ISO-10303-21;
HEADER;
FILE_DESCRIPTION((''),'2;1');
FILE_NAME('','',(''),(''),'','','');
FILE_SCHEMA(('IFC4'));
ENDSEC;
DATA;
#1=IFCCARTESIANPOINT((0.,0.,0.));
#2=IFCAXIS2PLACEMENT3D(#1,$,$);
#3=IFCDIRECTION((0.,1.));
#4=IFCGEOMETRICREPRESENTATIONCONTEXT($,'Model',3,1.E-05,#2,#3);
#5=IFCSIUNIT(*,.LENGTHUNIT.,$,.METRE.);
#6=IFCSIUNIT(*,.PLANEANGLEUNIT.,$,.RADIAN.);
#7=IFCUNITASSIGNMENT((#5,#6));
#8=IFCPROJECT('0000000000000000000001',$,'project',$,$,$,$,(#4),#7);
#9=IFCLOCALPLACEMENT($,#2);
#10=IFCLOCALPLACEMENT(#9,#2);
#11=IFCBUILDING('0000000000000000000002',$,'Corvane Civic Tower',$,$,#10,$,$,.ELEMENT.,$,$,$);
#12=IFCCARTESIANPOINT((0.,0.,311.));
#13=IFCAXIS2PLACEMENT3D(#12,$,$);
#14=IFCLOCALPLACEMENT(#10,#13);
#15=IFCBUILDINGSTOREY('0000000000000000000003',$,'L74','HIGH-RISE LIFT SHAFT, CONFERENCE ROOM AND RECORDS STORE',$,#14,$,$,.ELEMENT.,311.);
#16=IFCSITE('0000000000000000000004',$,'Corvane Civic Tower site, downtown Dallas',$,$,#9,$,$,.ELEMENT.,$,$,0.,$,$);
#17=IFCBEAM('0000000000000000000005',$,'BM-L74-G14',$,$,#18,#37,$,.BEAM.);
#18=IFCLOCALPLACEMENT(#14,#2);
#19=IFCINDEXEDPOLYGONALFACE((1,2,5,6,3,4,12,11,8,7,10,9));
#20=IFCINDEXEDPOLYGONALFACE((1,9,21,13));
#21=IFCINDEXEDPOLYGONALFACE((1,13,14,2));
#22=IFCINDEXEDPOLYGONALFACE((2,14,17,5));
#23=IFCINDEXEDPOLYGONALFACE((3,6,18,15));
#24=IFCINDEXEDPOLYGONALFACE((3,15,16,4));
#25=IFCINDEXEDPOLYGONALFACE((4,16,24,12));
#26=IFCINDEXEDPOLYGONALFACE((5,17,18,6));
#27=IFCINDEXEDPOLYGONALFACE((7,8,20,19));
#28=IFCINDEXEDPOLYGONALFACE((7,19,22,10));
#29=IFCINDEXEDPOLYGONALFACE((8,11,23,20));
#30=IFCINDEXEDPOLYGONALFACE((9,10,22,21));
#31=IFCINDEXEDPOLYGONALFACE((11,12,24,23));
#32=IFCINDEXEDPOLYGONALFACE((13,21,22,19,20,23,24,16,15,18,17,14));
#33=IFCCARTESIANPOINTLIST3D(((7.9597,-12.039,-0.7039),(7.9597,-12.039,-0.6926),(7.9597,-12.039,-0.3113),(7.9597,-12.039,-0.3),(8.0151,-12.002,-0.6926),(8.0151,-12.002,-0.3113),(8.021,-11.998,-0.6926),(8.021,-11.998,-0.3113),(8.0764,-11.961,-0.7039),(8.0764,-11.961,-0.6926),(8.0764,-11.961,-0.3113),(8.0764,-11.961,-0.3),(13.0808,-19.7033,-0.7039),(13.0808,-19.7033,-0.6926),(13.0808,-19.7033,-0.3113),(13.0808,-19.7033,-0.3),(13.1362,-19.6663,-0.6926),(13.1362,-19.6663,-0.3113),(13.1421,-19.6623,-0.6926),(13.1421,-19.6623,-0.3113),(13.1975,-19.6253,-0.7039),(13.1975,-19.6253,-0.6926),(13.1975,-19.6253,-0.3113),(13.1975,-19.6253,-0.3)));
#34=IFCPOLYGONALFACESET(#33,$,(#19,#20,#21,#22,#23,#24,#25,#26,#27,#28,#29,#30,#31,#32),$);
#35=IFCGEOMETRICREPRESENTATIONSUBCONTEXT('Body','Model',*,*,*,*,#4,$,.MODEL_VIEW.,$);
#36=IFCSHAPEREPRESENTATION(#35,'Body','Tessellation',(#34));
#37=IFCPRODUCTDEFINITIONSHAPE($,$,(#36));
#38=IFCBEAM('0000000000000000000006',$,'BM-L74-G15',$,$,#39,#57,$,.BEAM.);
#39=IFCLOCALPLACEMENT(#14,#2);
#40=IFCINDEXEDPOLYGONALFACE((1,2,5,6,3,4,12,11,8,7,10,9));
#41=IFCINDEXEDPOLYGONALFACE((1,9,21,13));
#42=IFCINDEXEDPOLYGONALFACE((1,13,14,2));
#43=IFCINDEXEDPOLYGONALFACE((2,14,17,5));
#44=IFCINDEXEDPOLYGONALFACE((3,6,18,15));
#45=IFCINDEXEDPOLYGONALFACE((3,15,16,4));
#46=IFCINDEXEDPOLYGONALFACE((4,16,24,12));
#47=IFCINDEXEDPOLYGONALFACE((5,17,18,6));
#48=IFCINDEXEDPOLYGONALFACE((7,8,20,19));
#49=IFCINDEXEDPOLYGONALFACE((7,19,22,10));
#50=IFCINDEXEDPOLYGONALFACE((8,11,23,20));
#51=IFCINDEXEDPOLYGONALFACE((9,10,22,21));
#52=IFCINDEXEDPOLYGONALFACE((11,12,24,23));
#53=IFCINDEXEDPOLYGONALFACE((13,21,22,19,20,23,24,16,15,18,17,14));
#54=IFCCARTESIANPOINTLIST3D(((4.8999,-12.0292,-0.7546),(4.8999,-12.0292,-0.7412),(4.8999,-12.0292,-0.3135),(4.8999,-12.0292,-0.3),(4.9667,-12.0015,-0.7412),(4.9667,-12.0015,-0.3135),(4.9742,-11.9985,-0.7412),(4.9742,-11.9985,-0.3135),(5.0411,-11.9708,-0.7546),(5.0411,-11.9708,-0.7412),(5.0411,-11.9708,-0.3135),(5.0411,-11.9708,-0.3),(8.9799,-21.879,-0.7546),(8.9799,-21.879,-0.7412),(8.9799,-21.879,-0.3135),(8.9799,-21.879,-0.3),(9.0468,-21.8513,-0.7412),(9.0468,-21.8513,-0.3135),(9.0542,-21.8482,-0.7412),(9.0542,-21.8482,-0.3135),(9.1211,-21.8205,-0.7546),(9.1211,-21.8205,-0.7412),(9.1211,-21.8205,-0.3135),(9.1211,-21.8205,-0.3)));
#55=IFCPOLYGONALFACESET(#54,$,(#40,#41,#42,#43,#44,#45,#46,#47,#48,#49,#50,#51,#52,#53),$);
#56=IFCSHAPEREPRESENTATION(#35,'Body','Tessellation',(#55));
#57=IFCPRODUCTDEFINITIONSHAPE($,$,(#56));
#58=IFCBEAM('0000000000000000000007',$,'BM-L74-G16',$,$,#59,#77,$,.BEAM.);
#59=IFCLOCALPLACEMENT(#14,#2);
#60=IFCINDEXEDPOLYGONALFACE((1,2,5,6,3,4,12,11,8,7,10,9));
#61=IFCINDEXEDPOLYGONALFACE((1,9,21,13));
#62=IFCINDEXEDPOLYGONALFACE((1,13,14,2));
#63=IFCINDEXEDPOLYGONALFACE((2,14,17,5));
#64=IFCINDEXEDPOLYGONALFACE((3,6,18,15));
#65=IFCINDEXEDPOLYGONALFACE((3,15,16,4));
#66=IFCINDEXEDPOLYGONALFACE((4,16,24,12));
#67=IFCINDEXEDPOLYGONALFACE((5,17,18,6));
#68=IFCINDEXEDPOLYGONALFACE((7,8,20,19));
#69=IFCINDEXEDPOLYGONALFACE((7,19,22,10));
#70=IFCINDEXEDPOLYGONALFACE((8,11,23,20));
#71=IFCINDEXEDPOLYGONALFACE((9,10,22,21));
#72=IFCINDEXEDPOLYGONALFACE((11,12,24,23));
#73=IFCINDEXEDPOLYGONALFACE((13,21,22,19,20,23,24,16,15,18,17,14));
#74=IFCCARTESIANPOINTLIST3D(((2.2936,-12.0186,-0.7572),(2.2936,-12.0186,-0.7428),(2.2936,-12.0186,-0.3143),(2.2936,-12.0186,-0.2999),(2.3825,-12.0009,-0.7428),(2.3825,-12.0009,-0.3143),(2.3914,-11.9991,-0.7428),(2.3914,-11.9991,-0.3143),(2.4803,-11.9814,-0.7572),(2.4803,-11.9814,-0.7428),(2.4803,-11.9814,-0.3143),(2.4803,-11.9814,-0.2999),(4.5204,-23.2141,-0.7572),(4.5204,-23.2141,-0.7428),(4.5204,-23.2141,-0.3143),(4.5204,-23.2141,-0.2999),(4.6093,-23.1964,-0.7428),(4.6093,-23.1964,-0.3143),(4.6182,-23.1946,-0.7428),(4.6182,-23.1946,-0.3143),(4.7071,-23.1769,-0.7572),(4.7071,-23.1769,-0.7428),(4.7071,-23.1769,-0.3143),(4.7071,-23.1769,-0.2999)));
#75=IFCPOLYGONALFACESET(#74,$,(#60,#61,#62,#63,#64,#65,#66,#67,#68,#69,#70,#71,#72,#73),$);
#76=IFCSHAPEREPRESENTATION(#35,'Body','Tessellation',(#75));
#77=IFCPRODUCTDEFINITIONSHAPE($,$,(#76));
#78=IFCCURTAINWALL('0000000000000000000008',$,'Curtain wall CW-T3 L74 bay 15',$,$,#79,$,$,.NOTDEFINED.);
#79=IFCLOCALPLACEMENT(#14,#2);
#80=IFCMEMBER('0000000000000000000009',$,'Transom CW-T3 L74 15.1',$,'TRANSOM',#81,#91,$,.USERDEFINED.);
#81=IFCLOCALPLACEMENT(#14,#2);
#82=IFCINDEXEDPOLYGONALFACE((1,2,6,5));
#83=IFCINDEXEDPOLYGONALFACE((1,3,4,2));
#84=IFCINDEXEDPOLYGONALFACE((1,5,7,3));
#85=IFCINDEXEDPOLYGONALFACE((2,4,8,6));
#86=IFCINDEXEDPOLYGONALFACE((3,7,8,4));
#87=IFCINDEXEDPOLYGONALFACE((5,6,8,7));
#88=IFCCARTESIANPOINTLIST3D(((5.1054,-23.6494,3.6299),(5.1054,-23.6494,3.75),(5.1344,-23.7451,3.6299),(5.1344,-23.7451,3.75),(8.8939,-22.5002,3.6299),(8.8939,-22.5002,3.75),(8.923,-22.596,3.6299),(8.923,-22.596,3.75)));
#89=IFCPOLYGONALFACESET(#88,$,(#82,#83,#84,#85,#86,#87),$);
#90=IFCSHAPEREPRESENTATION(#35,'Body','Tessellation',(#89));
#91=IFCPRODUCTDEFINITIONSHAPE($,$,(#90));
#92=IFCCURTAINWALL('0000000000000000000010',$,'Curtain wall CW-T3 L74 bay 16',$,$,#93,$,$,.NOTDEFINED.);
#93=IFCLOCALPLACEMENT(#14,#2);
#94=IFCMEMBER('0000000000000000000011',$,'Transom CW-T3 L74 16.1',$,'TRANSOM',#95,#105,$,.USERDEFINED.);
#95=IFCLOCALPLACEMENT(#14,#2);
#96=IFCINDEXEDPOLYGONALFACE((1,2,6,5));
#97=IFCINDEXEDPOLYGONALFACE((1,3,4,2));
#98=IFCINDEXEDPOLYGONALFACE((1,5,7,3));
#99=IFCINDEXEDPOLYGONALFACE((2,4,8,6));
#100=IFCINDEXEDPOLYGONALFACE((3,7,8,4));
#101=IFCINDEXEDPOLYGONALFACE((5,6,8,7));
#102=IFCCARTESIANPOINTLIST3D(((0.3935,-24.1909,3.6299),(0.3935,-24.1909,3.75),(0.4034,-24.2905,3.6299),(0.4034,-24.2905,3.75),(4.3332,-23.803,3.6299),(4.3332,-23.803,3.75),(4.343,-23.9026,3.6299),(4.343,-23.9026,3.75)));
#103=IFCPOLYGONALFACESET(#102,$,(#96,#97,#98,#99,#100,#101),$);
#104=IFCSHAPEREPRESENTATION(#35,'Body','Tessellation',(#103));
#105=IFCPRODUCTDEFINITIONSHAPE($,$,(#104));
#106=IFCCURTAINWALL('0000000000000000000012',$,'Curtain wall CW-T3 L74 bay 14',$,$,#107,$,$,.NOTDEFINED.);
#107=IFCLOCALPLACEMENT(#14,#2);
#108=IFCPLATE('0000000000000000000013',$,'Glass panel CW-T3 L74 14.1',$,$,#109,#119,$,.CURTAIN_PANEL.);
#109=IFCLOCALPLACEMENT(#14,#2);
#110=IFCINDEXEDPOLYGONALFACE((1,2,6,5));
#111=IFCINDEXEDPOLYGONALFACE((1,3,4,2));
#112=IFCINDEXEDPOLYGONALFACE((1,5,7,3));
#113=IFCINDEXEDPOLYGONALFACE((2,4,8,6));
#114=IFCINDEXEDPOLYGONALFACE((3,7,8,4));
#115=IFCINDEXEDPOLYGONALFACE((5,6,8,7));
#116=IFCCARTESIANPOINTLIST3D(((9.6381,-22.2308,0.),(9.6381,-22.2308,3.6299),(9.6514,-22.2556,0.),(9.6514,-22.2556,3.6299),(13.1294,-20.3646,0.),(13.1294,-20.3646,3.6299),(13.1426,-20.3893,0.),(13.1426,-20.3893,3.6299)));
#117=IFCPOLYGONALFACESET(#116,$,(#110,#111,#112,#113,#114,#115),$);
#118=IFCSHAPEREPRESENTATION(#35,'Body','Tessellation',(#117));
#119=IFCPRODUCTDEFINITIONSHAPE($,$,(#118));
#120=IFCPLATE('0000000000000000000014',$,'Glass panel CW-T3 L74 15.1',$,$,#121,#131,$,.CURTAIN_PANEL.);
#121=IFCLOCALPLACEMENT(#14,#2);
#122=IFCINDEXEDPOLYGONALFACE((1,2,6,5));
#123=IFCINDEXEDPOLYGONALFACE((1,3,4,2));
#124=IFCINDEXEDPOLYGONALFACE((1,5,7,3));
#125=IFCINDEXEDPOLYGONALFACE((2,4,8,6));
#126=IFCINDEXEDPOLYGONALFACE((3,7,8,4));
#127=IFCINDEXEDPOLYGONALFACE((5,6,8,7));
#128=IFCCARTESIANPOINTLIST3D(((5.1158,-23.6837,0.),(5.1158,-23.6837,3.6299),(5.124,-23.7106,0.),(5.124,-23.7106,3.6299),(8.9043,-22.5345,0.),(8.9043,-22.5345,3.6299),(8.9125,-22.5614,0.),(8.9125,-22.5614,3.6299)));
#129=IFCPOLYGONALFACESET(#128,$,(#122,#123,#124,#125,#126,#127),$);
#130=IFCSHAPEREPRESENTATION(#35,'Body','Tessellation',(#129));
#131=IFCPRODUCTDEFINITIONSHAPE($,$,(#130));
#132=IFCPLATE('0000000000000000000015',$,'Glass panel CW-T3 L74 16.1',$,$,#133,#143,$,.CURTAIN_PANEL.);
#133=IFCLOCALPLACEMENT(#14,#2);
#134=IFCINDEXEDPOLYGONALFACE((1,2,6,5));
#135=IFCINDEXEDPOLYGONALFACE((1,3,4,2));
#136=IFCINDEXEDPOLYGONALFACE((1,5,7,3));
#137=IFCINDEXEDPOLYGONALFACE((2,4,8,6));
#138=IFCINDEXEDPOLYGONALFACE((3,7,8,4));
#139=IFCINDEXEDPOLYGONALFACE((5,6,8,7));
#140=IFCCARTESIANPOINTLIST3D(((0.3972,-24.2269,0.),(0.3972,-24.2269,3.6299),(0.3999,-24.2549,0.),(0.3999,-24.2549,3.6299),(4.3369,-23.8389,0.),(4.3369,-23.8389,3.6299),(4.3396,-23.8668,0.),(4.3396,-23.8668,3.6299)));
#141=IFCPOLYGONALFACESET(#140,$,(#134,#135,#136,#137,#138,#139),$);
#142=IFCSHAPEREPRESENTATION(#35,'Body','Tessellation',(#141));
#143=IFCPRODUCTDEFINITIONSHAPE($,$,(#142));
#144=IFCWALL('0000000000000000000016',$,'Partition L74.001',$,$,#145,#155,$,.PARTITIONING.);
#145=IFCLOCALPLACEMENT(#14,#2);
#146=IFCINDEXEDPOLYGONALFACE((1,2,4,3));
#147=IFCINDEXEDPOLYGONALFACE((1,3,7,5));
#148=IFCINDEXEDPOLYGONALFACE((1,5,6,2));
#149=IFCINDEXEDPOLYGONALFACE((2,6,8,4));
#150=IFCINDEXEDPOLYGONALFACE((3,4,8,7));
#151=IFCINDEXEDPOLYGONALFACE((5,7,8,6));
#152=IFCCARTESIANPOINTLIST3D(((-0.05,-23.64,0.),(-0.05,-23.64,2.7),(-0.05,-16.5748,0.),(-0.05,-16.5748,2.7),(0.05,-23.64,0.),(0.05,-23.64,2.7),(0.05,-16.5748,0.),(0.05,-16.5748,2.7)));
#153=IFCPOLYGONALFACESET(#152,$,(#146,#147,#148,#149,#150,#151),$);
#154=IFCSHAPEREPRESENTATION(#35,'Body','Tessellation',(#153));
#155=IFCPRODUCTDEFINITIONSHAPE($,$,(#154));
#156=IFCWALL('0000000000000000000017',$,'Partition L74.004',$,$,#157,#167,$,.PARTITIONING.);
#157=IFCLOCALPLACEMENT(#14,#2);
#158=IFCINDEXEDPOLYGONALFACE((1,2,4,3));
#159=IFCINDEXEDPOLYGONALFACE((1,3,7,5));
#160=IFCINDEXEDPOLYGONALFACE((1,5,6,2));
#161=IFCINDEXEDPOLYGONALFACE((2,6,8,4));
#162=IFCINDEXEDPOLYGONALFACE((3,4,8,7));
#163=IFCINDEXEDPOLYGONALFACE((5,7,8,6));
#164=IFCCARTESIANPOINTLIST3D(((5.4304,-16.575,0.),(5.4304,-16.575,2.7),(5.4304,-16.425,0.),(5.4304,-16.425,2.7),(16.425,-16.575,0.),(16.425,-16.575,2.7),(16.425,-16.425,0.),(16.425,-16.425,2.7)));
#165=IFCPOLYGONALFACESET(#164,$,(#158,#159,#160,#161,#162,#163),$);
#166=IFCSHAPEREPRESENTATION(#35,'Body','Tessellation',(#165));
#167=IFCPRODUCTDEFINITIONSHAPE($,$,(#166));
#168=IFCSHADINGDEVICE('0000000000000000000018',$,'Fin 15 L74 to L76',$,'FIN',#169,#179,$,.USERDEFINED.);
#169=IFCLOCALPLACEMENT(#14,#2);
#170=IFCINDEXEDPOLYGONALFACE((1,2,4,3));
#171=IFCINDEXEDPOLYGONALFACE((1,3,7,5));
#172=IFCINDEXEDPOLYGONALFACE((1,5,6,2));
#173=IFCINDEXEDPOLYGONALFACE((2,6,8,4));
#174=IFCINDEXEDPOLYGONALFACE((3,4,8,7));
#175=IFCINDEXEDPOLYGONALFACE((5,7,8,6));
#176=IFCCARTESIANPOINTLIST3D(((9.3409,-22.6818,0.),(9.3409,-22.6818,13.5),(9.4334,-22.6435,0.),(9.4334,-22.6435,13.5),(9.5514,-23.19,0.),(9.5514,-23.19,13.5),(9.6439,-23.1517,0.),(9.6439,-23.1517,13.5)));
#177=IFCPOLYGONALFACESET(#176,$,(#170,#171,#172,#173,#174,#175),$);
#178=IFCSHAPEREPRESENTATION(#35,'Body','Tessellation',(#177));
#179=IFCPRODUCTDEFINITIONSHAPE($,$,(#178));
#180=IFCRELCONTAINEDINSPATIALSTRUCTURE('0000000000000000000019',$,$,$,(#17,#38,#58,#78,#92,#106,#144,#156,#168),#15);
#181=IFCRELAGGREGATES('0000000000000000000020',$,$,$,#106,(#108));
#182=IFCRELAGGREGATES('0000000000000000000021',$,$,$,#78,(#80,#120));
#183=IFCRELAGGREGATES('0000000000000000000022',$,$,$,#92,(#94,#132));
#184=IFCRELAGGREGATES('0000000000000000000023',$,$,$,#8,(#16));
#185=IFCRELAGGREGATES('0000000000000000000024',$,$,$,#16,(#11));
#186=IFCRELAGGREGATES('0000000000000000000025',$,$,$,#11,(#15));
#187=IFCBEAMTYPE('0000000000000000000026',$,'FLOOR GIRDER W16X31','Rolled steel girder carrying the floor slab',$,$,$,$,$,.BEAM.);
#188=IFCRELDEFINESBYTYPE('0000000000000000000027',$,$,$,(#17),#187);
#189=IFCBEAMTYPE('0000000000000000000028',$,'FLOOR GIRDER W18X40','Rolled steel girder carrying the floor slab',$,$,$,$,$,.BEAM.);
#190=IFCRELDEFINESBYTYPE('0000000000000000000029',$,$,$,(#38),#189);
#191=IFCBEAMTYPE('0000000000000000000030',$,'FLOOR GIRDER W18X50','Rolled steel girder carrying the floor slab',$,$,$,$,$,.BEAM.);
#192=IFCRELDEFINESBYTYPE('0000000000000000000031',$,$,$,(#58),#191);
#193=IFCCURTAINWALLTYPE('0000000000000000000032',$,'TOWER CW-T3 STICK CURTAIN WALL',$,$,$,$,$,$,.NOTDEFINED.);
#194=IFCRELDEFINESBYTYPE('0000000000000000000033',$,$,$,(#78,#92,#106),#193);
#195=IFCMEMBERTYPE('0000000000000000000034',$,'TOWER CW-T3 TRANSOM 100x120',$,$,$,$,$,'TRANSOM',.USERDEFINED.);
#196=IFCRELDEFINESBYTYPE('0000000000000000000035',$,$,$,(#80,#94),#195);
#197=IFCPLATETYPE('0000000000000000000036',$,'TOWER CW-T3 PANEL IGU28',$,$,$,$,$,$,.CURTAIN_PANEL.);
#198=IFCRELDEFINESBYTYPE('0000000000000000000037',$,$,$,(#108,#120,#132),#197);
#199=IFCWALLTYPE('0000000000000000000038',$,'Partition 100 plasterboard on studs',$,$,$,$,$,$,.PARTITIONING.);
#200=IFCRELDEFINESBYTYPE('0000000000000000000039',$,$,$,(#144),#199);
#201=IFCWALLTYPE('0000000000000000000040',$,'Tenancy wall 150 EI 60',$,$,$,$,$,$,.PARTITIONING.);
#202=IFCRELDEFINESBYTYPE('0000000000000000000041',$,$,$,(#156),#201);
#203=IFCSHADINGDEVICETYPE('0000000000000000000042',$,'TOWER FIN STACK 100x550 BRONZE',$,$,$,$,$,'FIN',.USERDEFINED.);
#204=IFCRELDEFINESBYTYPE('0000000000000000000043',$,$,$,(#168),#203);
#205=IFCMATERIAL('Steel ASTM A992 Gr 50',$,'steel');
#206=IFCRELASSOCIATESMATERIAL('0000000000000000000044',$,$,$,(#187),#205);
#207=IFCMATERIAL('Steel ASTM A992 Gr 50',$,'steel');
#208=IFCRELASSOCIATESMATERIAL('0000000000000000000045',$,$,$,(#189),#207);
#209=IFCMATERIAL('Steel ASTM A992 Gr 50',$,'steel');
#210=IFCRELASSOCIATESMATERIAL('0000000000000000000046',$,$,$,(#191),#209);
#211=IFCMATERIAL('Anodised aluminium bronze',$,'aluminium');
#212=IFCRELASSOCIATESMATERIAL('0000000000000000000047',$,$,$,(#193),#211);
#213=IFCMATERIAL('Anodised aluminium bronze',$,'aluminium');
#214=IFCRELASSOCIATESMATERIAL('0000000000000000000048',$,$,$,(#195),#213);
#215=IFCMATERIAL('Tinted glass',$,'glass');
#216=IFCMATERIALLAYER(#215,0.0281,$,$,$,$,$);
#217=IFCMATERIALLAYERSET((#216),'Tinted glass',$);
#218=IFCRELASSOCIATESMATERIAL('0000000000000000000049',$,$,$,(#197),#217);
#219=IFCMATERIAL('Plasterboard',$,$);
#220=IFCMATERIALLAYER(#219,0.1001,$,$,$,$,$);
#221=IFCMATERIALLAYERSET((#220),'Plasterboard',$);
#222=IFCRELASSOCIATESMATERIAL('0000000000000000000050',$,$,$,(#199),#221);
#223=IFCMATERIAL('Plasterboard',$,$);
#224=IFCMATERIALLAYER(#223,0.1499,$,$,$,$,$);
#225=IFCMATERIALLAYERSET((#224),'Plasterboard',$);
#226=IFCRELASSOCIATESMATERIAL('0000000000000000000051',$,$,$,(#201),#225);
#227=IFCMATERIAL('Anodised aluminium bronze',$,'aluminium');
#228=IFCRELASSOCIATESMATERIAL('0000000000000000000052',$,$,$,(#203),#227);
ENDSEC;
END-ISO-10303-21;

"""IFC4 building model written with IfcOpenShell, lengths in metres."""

from ifc_helpers import new_model, si_unit, direction, frame, frame_2d, origin, origin_2d, place, context, subcontext, project, spatial, rectangle, i_section, extrude, material, layer, layer_set, material_profile, profile_set, type_object, element, aggregate, save


model = new_model("IFC4")

# Units and contexts
model_context = context("Model", 3, precision=1e-05, world=origin(), true_north=direction((0.0, 1.0)))
body_context = subcontext(model_context, "Body", "Model", "MODEL_VIEW")
ifc_project = project(units=[si_unit("LENGTHUNIT", "METRE"), si_unit("PLANEANGLEUNIT", "RADIAN")], contexts=[model_context])

# Site, building, storey
site_placement = place(None, origin())
site = spatial("IfcSite", under=ifc_project, at=site_placement, Name="Corvane Civic Tower site, downtown Dallas", CompositionType="ELEMENT", RefElevation=0.0)
building_placement = place(site_placement, origin())
building = spatial("IfcBuilding", under=site, at=building_placement, Name="Corvane Civic Tower", CompositionType="ELEMENT")
storey_placement = place(building_placement, frame((0.0, 0.0, 311.0)))
storey = spatial("IfcBuildingStorey", under=building, at=storey_placement, Name="L74", Description="HIGH-RISE LIFT SHAFT, CONFERENCE ROOM AND RECORDS STORE", CompositionType="ELEMENT", Elevation=311.0)

# Beams
ifc_material_1 = material(Name="Steel ASTM A992 Gr 50", Category="steel")
ifc_material_profile_1 = material_profile(ifc_material_1, i_section(OverallWidth=0.1404, OverallDepth=0.4038, WebThickness=0.0071, FlangeThickness=0.0112, at=origin_2d()), Name="W16X31")
ifc_profile_set_1 = profile_set([ifc_material_profile_1], Name="Steel ASTM A992 Gr 50")
beam_type_1 = type_object("IfcBeamType", Name="FLOOR GIRDER W16X31", Description="Rolled steel girder carrying the floor slab", PredefinedType="BEAM", material=ifc_profile_set_1)
beam_1_placement = place(storey_placement, frame((8.0181, -12.0, -0.502), z_axis=(0.555568, -0.831471, 0.0), x_axis=(0.831471, 0.555568, 0.0)))
element("IfcBeam", 1, at=beam_1_placement, inside=storey, type_object=beam_type_1, Name="BM-L74-G14", PredefinedType="BEAM", context=body_context, shape_type="SweptSolid", body=[
    extrude(i_section(OverallWidth=0.1404, OverallDepth=0.4038, WebThickness=0.0071, FlangeThickness=0.0112, at=origin_2d()), origin(), (0.0, 0.0, 1.0), 9.2178),
])
ifc_material_2 = material(Name="Steel ASTM A992 Gr 50", Category="steel")
ifc_material_profile_2 = material_profile(ifc_material_2, i_section(OverallWidth=0.1528, OverallDepth=0.4546, WebThickness=0.0081, FlangeThickness=0.0134, at=origin_2d()), Name="W18X40")
ifc_profile_set_2 = profile_set([ifc_material_profile_2], Name="Steel ASTM A992 Gr 50")
beam_type_2 = type_object("IfcBeamType", Name="FLOOR GIRDER W18X40", Description="Rolled steel girder carrying the floor slab", PredefinedType="BEAM", material=ifc_profile_set_2)
beam_2_placement = place(storey_placement, frame((4.9705, -12.0, -0.5273), z_axis=(0.382694, -0.923875, 0.0), x_axis=(0.923875, 0.382694, 0.0)))
element("IfcBeam", 2, at=beam_2_placement, inside=storey, type_object=beam_type_2, Name="BM-L74-G15", PredefinedType="BEAM", context=body_context, shape_type="SweptSolid", body=[
    extrude(i_section(OverallWidth=0.1528, OverallDepth=0.4546, WebThickness=0.0081, FlangeThickness=0.0134, at=origin_2d()), origin(), (0.0, 0.0, 1.0), 10.6614),
])
ifc_material_3 = material(Name="Steel ASTM A992 Gr 50", Category="steel")
ifc_material_profile_3 = material_profile(ifc_material_3, i_section(OverallWidth=0.1904, OverallDepth=0.4573, WebThickness=0.009, FlangeThickness=0.0144, at=origin_2d()), Name="W18X50")
ifc_profile_set_3 = profile_set([ifc_material_profile_3], Name="Steel ASTM A992 Gr 50")
beam_type_3 = type_object("IfcBeamType", Name="FLOOR GIRDER W18X50", Description="Rolled steel girder carrying the floor slab", PredefinedType="BEAM", material=ifc_profile_set_3)
beam_3_placement = place(storey_placement, frame((2.387, -12.0, -0.5286), z_axis=(0.19508, -0.980787, 0.0), x_axis=(0.980787, 0.19508, 0.0)))
element("IfcBeam", 3, at=beam_3_placement, inside=storey, type_object=beam_type_3, Name="BM-L74-G16", PredefinedType="BEAM", context=body_context, shape_type="SweptSolid", body=[
    extrude(i_section(OverallWidth=0.1904, OverallDepth=0.4573, WebThickness=0.009, FlangeThickness=0.0144, at=origin_2d()), origin(), (0.0, 0.0, 1.0), 11.4148),
])

# Curtain walls, members
ifc_material_4 = material(Name="Anodised aluminium bronze", Category="aluminium")
curtain_wall_type = type_object("IfcCurtainWallType", Name="TOWER CW-T3 STICK CURTAIN WALL", PredefinedType="NOTDEFINED", material=ifc_material_4)
curtain_wall_1_placement = place(storey_placement, origin())
curtain_wall_1 = element("IfcCurtainWall", 4, at=curtain_wall_1_placement, inside=storey, type_object=curtain_wall_type, Name="Curtain wall CW-T3 L74 bay 15", PredefinedType="NOTDEFINED")
ifc_material_5 = material(Name="Anodised aluminium bronze", Category="aluminium")
ifc_material_profile_4 = material_profile(ifc_material_5, rectangle(XDim=0.1001, YDim=0.1201, at=origin_2d()), Name="TOWER CW-T3 TRANSOM 100x120")
ifc_profile_set_4 = profile_set([ifc_material_profile_4], Name="Anodised aluminium bronze")
member_type = type_object("IfcMemberType", Name="TOWER CW-T3 TRANSOM 100x120", ElementType="TRANSOM", PredefinedType="USERDEFINED", material=ifc_profile_set_4)
member_1_placement = place(storey_placement, frame((8.9084, -22.5481, 3.6899), z_axis=(-0.956946, -0.290266, 0.0), x_axis=(0.290266, -0.956946, 0.0)))
member_1 = element("IfcMember", 5, at=member_1_placement, type_object=member_type, Name="Transom CW-T3 L74 15.1", ObjectType="TRANSOM", PredefinedType="USERDEFINED", context=body_context, shape_type="SweptSolid", body=[
    extrude(rectangle(XDim=0.1001, YDim=0.1201, at=origin_2d()), origin(), (0.0, 0.0, 1.0), 3.959),
])
curtain_wall_2_placement = place(storey_placement, origin())
curtain_wall_2 = element("IfcCurtainWall", 6, at=curtain_wall_2_placement, inside=storey, type_object=curtain_wall_type, Name="Curtain wall CW-T3 L74 bay 16", PredefinedType="NOTDEFINED")
member_2_placement = place(storey_placement, frame((4.3381, -23.8528, 3.6899), z_axis=(-0.995187, -0.097995, 0.0), x_axis=(0.097995, -0.995187, 0.0)))
member_2 = element("IfcMember", 7, at=member_2_placement, type_object=member_type, Name="Transom CW-T3 L74 16.1", ObjectType="TRANSOM", PredefinedType="USERDEFINED", context=body_context, shape_type="SweptSolid", body=[
    extrude(rectangle(XDim=0.1001, YDim=0.1201, at=origin_2d()), origin(), (0.0, 0.0, 1.0), 3.9587),
])

# Curtain wall, plate
curtain_wall_3_placement = place(storey_placement, origin())
curtain_wall_3 = element("IfcCurtainWall", 8, at=curtain_wall_3_placement, inside=storey, type_object=curtain_wall_type, Name="Curtain wall CW-T3 L74 bay 14", PredefinedType="NOTDEFINED")
ifc_material_6 = material(Name="Tinted glass", Category="glass")
ifc_layer_1 = layer(ifc_material_6, 0.0281)
ifc_layer_set_1 = layer_set([ifc_layer_1], Name="Tinted glass")
plate_type = type_object("IfcPlateType", Name="TOWER CW-T3 PANEL IGU28", PredefinedType="CURTAIN_PANEL", material=ifc_layer_set_1)
plate_1_placement = place(storey_placement, frame((11.3904, -21.3101, 0.0), z_axis=(0.0, 0.0, 1.0), x_axis=(-0.881908, -0.471421, 0.0)))
plate_1 = element("IfcPlate", 9, at=plate_1_placement, type_object=plate_type, Name="Glass panel CW-T3 L74 14.1", PredefinedType="CURTAIN_PANEL", context=body_context, shape_type="SweptSolid", body=[
    extrude(rectangle(XDim=3.9587, YDim=0.0281, at=origin_2d()), origin(), (0.0, 0.0, 1.0), 3.6299),
])
aggregate(curtain_wall_3, [plate_1])

# Plates
plate_2_placement = place(storey_placement, frame((7.0142, -23.1226, 0.0), z_axis=(0.0, 0.0, 1.0), x_axis=(-0.956944, -0.290274, 0.0)))
plate_2 = element("IfcPlate", 10, at=plate_2_placement, type_object=plate_type, Name="Glass panel CW-T3 L74 15.1", PredefinedType="CURTAIN_PANEL", context=body_context, shape_type="SweptSolid", body=[
    extrude(rectangle(XDim=3.959, YDim=0.0281, at=origin_2d()), origin(), (0.0, 0.0, 1.0), 3.6299),
])
aggregate(curtain_wall_1, [member_1, plate_2])
plate_3_placement = place(storey_placement, frame((2.3684, -24.0469, 0.0), z_axis=(0.0, 0.0, 1.0), x_axis=(-0.995184, -0.098021, 0.0)))
plate_3 = element("IfcPlate", 11, at=plate_3_placement, type_object=plate_type, Name="Glass panel CW-T3 L74 16.1", PredefinedType="CURTAIN_PANEL", context=body_context, shape_type="SweptSolid", body=[
    extrude(rectangle(XDim=3.9587, YDim=0.0281, at=origin_2d()), origin(), (0.0, 0.0, 1.0), 3.6299),
])
aggregate(curtain_wall_2, [member_2, plate_3])

# Walls
ifc_material_7 = material(Name="Plasterboard")
ifc_layer_2 = layer(ifc_material_7, 0.1001)
ifc_layer_set_2 = layer_set([ifc_layer_2], Name="Plasterboard")
wall_type_1 = type_object("IfcWallType", Name="Partition 100 plasterboard on studs", PredefinedType="PARTITIONING", material=ifc_layer_set_2)
wall_1_placement = place(storey_placement, frame((0.0, -23.6401, 0.0), z_axis=(0.0, 0.0, 1.0), x_axis=(0.0, 1.0, 0.0)))
element("IfcWall", 12, at=wall_1_placement, inside=storey, type_object=wall_type_1, Name="Partition L74.001", PredefinedType="PARTITIONING", context=body_context, shape_type="SweptSolid", body=[
    extrude(rectangle(XDim=7.0652, YDim=0.1001, at=frame_2d((3.5327, 0.0))), origin(), (0.0, 0.0, 1.0), 2.7),
])
ifc_material_8 = material(Name="Plasterboard")
ifc_layer_3 = layer(ifc_material_8, 0.1499)
ifc_layer_set_3 = layer_set([ifc_layer_3], Name="Plasterboard")
wall_type_2 = type_object("IfcWallType", Name="Tenancy wall 150 EI 60", PredefinedType="PARTITIONING", material=ifc_layer_set_3)
wall_2_placement = place(storey_placement, frame((5.4304, -16.5, 0.0), z_axis=(0.0, 0.0, 1.0), x_axis=(1.0, 0.0, 0.0)))
element("IfcWall", 13, at=wall_2_placement, inside=storey, type_object=wall_type_2, Name="Partition L74.004", PredefinedType="PARTITIONING", context=body_context, shape_type="SweptSolid", body=[
    extrude(rectangle(XDim=10.9946, YDim=0.1499, at=frame_2d((5.4973, 0.0))), origin(), (0.0, 0.0, 1.0), 2.7),
])

# Shading device
ifc_material_9 = material(Name="Anodised aluminium bronze", Category="aluminium")
ifc_material_profile_5 = material_profile(ifc_material_9, rectangle(XDim=0.1001, YDim=0.55, at=origin_2d()), Name="TOWER FIN STACK 100x550 BRONZE")
ifc_profile_set_5 = profile_set([ifc_material_profile_5], Name="Anodised aluminium bronze")
shading_device_type = type_object("IfcShadingDeviceType", Name="TOWER FIN STACK 100x550 BRONZE", ElementType="FIN", PredefinedType="USERDEFINED", material=ifc_profile_set_5)
for number, where, z_axis, x_axis, name in (
    (14, (9.4924, -22.9167, 0.0), (0.0, 0.0, 1.0), (-0.92388, -0.382683, 0.0), "Fin 15 L74 to L76"),
):
    element("IfcShadingDevice", number, at=place(storey_placement, frame(where, z_axis=z_axis, x_axis=x_axis)), inside=storey, type_object=shading_device_type, Name=name, ObjectType="FIN", PredefinedType="USERDEFINED", context=body_context, shape_type="SweptSolid", body=[
        extrude(rectangle(XDim=0.1001, YDim=0.55, at=origin_2d()), origin(), (0.0, 0.0, 1.0), 13.5),
    ])

save(model, "model.ifc")
